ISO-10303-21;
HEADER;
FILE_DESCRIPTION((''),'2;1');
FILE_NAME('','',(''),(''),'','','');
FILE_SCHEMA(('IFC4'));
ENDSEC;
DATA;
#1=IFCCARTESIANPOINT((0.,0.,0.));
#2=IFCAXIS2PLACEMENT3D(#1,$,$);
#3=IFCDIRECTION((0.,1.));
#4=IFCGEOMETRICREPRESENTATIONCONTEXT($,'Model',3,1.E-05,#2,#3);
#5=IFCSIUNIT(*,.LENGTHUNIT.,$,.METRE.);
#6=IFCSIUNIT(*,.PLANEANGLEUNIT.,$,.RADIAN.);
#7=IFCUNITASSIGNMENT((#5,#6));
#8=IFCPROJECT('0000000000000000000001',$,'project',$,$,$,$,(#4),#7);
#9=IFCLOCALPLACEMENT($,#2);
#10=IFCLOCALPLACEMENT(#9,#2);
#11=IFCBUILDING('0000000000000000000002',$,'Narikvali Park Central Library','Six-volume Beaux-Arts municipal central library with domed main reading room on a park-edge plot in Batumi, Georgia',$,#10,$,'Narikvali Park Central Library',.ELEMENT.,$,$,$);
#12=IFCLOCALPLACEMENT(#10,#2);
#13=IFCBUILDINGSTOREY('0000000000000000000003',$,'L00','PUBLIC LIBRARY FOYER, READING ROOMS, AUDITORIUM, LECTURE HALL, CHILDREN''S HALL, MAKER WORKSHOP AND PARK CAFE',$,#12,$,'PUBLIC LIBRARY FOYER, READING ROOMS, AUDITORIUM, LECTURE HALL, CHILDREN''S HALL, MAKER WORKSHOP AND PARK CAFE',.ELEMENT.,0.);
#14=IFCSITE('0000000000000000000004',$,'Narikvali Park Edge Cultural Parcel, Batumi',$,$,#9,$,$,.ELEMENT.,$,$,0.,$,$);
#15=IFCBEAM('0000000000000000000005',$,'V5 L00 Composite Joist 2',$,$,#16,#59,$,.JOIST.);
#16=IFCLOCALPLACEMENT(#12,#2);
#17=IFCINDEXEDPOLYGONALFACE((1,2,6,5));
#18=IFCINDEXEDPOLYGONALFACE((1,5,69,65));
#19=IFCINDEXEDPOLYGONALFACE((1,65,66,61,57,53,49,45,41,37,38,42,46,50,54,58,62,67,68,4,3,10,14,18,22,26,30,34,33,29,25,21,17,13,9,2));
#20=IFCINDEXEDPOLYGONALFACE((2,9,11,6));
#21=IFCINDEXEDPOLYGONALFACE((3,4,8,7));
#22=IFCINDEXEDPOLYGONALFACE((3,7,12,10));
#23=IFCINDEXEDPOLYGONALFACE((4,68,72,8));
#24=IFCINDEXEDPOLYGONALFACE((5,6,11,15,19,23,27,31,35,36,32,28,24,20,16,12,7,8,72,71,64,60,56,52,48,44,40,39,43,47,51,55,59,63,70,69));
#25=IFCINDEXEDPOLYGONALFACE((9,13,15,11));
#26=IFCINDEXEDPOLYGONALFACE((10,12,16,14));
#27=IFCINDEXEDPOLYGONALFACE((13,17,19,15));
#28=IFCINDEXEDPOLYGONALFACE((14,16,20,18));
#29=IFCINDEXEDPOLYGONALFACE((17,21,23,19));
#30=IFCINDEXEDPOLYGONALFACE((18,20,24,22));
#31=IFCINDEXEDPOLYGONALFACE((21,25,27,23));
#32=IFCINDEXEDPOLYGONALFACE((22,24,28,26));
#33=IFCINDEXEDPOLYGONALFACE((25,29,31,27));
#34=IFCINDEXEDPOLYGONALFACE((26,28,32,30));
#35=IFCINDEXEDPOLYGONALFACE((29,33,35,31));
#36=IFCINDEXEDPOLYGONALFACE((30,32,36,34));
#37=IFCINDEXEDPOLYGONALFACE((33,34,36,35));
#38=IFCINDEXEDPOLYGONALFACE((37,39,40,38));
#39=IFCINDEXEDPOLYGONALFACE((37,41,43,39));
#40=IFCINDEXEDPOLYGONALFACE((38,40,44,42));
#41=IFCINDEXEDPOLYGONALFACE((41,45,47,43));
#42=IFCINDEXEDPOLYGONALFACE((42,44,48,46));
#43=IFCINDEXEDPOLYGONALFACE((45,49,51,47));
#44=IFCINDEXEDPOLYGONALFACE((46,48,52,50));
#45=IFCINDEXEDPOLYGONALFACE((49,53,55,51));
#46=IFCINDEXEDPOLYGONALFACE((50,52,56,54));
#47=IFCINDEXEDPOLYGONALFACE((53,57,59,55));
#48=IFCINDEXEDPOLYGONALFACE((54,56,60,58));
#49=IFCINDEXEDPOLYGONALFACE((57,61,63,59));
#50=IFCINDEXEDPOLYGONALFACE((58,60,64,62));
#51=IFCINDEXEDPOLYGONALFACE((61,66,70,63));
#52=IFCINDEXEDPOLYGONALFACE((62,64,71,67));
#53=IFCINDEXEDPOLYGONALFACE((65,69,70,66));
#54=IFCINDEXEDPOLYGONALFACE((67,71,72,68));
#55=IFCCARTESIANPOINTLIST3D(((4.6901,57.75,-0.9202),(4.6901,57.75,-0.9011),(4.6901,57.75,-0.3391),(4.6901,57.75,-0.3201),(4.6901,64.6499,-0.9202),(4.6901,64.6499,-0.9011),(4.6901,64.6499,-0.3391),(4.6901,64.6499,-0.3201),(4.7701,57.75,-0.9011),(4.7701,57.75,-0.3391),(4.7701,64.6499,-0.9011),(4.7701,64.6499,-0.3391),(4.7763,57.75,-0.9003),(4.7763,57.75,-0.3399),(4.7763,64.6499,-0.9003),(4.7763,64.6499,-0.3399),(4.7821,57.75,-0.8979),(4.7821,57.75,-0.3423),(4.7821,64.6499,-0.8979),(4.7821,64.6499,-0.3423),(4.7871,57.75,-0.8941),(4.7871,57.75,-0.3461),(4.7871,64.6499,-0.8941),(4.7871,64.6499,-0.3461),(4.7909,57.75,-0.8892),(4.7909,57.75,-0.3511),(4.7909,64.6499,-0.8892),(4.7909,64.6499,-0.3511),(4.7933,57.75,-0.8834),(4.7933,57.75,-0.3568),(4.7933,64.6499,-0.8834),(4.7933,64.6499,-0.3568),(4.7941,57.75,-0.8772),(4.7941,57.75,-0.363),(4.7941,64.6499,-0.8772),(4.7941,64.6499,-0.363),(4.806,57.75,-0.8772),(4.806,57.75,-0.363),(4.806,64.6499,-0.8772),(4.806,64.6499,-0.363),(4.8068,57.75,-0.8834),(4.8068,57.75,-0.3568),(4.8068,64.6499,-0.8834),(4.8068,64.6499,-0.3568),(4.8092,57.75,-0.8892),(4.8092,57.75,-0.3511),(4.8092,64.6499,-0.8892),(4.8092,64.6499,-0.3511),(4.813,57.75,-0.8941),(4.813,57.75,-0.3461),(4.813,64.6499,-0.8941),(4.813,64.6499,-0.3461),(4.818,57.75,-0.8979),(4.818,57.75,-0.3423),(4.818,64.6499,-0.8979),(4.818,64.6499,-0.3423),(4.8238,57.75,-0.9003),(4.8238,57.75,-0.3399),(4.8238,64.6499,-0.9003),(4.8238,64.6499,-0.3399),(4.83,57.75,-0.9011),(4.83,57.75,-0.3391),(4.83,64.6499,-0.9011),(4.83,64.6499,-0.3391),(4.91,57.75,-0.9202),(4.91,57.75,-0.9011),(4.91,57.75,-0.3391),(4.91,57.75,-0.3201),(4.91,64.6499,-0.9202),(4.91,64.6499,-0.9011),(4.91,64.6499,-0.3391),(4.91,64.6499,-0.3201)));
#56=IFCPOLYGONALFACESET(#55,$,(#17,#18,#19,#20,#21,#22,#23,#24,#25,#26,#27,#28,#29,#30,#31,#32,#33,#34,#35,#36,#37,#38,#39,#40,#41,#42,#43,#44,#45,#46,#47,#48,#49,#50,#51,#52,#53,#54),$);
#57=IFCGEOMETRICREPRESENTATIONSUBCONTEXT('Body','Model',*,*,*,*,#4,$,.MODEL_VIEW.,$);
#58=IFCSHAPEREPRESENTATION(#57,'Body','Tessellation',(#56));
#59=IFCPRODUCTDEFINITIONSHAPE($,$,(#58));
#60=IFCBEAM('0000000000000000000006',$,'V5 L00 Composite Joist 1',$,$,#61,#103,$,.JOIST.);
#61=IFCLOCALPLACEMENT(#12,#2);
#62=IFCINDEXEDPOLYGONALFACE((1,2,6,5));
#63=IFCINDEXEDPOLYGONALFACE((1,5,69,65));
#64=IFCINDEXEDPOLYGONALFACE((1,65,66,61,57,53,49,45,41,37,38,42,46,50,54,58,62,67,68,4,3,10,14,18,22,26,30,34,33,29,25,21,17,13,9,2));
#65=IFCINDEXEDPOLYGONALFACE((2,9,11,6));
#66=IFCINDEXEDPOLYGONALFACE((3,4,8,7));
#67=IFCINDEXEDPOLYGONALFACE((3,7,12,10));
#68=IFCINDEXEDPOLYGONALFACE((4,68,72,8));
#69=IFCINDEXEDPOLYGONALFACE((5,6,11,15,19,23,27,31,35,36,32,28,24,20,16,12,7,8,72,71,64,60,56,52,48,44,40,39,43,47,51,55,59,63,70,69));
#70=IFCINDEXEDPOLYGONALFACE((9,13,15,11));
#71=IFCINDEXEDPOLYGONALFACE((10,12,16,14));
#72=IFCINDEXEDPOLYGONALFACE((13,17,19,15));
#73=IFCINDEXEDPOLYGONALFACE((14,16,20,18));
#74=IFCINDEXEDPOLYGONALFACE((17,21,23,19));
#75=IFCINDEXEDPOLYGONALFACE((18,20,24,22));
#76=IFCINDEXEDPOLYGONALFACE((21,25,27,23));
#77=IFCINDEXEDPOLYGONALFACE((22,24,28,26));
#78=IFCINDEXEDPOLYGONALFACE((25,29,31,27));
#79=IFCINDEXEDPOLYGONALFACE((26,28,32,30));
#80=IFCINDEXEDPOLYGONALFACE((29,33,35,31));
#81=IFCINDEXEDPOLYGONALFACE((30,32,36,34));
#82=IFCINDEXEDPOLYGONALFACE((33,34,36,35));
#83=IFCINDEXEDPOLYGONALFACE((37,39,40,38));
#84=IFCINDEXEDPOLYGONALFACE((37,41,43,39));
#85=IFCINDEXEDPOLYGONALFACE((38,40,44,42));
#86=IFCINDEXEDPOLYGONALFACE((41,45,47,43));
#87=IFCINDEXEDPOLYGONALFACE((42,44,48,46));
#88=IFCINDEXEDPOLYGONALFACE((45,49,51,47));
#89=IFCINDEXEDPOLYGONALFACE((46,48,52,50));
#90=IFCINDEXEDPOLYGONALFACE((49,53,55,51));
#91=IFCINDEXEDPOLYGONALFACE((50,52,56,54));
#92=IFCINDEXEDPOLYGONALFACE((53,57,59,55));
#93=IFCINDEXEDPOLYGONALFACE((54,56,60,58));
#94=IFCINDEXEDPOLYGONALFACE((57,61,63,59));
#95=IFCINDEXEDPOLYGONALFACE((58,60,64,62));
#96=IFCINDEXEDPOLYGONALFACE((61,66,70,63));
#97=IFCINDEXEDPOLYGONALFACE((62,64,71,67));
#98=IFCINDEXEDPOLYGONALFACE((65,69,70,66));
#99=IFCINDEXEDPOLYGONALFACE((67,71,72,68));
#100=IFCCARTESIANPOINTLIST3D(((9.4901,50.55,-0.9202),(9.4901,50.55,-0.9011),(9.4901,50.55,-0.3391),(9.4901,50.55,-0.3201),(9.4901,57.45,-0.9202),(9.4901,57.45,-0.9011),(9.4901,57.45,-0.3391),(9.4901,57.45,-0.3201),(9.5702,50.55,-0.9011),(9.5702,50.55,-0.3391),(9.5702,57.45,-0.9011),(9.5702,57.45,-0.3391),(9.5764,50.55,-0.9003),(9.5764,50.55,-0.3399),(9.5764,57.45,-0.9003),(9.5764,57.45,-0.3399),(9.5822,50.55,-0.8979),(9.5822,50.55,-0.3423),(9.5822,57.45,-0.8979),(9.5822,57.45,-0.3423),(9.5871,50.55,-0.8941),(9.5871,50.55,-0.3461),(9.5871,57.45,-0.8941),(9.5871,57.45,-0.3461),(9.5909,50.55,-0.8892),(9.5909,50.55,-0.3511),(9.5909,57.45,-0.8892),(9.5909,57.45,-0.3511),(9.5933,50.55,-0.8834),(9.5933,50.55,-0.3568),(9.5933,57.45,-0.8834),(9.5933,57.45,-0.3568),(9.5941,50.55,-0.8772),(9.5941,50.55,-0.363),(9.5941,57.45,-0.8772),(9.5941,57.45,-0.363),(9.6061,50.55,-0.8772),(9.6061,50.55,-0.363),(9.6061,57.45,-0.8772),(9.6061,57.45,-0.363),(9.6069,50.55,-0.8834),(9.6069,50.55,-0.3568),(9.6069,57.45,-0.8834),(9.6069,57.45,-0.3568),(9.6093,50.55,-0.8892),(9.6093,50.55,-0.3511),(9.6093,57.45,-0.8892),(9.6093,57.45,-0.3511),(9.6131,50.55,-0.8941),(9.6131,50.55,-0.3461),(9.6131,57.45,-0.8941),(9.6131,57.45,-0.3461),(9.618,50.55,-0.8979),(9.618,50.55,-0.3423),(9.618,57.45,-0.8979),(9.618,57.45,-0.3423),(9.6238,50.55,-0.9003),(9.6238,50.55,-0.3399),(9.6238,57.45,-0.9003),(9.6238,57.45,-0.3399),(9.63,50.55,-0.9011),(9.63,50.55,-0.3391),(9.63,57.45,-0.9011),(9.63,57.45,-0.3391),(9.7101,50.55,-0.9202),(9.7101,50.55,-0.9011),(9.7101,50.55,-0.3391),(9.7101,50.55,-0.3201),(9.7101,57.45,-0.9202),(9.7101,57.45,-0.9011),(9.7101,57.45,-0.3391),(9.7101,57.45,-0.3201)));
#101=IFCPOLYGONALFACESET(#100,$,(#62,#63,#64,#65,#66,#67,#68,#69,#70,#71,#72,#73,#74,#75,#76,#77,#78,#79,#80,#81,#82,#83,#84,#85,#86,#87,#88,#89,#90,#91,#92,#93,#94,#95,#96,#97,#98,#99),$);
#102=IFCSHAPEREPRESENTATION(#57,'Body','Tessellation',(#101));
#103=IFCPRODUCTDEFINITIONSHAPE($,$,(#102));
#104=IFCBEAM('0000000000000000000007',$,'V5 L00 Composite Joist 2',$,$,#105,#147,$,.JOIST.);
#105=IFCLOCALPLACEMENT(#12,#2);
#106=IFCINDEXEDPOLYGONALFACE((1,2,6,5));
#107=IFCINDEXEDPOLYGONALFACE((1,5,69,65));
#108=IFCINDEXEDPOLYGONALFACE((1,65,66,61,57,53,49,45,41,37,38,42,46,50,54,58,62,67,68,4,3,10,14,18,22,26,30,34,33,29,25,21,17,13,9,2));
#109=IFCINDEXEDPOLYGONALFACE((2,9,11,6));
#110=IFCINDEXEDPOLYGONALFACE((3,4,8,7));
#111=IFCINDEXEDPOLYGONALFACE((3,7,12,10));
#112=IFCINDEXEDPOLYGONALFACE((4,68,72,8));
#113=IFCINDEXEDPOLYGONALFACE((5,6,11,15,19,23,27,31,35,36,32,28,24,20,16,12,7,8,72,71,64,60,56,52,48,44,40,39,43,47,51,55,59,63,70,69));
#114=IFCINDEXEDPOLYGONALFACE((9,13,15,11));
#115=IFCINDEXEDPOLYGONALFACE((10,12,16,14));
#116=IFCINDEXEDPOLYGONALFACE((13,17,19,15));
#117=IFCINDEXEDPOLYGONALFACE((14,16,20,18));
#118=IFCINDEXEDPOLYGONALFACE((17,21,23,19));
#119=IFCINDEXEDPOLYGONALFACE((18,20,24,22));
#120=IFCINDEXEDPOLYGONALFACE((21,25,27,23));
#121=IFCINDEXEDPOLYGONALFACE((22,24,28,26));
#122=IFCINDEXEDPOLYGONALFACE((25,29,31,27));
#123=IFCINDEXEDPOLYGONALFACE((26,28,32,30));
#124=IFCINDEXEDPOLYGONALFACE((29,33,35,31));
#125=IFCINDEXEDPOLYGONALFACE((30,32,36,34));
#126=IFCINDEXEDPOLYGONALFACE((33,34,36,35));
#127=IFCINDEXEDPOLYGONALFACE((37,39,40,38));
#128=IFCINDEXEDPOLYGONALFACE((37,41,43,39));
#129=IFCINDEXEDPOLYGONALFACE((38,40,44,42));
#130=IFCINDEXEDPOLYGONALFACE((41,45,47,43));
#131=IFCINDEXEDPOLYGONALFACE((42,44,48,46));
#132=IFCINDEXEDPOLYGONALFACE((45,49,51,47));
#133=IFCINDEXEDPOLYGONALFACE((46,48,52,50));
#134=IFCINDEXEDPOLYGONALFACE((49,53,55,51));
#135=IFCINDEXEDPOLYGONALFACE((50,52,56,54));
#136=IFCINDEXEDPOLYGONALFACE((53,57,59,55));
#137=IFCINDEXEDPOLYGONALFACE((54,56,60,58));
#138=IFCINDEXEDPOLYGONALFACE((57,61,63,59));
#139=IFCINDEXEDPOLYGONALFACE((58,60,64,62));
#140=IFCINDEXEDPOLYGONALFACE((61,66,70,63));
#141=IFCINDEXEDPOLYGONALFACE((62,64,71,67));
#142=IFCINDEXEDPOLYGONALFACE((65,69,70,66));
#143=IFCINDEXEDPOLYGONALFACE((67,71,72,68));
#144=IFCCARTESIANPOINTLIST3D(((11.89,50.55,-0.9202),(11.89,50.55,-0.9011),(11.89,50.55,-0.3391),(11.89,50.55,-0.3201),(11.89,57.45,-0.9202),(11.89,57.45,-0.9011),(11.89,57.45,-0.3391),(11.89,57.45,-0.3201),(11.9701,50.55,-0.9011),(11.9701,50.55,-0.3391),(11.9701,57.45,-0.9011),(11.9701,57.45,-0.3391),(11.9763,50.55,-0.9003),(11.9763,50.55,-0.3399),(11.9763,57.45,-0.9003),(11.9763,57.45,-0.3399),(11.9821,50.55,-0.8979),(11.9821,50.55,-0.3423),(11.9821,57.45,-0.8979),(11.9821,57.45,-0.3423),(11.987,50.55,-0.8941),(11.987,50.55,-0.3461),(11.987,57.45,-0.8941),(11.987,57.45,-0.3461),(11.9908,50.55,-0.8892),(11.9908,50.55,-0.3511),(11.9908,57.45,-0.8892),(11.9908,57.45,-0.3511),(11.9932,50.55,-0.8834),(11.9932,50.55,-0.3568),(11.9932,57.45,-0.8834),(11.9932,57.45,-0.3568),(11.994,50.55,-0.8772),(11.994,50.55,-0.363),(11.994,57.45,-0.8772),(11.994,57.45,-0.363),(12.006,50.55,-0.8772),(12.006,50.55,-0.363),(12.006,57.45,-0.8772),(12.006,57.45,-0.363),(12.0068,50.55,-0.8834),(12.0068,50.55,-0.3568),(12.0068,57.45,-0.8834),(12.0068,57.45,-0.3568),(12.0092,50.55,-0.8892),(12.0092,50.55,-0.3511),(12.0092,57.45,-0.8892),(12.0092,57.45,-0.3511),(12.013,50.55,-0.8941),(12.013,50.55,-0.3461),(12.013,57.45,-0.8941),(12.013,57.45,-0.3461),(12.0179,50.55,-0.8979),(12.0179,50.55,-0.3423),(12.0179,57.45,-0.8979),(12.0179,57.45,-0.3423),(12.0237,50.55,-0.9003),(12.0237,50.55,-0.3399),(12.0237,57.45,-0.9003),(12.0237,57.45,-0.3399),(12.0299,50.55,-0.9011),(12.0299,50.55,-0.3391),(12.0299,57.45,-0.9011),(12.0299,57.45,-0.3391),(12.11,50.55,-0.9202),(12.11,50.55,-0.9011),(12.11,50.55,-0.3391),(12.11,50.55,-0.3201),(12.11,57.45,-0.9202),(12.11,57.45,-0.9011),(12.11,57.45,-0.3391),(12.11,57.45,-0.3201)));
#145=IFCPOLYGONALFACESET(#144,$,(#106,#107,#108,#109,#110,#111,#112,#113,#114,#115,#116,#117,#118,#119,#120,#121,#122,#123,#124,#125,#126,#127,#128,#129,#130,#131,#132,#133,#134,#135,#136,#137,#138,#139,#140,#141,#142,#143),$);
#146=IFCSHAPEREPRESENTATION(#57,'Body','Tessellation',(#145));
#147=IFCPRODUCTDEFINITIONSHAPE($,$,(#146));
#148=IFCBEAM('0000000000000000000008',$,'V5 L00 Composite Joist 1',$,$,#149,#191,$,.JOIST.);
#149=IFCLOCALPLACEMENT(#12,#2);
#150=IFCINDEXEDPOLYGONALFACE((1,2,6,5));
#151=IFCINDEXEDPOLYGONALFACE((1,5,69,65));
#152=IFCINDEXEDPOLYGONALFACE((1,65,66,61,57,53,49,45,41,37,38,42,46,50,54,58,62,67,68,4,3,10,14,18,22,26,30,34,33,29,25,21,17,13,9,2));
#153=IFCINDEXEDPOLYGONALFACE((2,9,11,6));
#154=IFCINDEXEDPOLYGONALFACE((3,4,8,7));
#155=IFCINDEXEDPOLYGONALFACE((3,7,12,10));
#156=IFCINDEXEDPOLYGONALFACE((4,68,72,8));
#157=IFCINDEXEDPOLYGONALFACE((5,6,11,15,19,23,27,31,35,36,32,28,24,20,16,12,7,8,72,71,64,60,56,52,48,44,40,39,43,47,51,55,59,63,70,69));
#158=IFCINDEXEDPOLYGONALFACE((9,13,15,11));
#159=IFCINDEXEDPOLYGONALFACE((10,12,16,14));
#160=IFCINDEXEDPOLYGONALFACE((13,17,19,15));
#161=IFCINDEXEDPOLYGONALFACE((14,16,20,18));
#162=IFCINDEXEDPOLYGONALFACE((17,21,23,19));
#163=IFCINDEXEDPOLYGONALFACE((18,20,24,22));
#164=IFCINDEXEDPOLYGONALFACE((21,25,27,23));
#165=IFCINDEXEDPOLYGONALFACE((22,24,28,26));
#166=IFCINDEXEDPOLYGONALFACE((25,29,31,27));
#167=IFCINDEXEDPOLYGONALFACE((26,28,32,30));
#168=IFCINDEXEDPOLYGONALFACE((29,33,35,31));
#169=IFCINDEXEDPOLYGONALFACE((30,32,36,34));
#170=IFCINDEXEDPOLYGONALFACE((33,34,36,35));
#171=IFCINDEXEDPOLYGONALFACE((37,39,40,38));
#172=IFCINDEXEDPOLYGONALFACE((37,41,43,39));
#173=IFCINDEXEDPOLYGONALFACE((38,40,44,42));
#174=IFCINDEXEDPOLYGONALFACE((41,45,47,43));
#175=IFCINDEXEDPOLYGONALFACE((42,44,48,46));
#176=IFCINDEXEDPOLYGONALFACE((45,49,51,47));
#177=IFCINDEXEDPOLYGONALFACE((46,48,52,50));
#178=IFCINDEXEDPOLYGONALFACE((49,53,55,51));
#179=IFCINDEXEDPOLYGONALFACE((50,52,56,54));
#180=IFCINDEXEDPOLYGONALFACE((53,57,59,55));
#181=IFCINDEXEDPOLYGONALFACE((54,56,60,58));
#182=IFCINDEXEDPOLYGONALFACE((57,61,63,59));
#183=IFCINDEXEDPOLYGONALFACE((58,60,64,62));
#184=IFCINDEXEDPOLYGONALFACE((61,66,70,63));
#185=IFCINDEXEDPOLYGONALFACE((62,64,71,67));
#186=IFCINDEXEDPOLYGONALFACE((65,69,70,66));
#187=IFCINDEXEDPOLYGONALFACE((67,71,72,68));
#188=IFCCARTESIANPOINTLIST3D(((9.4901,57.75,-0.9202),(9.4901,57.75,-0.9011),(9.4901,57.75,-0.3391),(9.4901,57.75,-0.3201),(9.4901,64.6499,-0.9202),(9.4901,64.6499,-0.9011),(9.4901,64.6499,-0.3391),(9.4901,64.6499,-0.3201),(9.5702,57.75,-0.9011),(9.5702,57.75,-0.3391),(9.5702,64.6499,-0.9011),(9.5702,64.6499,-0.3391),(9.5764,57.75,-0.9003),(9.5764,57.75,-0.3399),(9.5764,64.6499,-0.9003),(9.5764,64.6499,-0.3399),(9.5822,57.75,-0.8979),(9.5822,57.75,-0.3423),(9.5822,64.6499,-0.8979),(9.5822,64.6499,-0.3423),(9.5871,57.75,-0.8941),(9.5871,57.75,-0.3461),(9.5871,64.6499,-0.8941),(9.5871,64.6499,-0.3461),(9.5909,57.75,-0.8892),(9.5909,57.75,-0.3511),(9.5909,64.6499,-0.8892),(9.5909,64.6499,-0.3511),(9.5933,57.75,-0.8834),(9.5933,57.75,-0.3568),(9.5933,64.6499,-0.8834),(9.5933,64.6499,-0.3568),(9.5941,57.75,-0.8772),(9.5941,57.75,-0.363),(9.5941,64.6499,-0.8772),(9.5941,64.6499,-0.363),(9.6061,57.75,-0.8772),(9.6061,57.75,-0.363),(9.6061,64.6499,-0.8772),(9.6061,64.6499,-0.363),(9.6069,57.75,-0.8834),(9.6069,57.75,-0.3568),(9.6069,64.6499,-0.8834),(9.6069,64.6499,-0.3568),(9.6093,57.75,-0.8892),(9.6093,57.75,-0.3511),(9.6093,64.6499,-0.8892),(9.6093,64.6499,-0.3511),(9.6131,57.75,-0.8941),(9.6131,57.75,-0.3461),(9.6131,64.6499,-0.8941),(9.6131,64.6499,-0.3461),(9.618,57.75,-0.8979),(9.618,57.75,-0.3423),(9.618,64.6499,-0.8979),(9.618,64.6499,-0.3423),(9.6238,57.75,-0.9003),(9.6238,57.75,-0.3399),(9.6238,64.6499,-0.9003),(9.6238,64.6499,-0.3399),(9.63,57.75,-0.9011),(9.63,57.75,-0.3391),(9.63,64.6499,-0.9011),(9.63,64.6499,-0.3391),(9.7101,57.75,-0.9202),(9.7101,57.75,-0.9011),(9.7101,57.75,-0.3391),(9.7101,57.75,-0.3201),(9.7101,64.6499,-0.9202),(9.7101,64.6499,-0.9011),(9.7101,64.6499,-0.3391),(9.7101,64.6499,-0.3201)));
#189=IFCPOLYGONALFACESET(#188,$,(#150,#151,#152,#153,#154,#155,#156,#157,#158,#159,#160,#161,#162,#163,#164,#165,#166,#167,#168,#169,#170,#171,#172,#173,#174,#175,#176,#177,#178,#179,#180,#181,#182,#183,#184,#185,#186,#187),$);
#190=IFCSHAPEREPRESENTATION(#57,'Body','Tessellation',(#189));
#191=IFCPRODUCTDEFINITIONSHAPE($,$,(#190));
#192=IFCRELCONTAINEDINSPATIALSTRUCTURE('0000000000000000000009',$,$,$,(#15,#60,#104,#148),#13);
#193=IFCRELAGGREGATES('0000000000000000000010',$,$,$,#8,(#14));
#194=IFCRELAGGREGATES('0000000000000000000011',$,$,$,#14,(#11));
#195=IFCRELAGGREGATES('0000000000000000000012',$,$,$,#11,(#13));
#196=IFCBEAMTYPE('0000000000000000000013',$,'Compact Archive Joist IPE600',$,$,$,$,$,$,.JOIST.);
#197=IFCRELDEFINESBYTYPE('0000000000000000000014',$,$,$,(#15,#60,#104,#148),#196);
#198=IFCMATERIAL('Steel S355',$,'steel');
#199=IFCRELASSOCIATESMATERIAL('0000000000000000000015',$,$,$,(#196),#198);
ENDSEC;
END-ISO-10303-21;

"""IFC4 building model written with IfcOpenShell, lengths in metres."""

from ifc_helpers import new_model, si_unit, direction, frame, origin, origin_2d, place, context, subcontext, project, spatial, i_section, extrude, material, material_profile, profile_set, type_object, element, save


model = new_model("IFC4")

# Units and contexts
model_context = context("Model", 3, precision=1e-05, world=origin(), true_north=direction((0.0, 1.0)))
body_context = subcontext(model_context, "Body", "Model", "MODEL_VIEW")
ifc_project = project(units=[si_unit("LENGTHUNIT", "METRE"), si_unit("PLANEANGLEUNIT", "RADIAN")], contexts=[model_context])

# Site, building, storey
site_placement = place(None, origin())
site = spatial("IfcSite", under=ifc_project, at=site_placement, Name="Narikvali Park Edge Cultural Parcel, Batumi", CompositionType="ELEMENT", RefElevation=0.0)
building_placement = place(site_placement, origin())
building = spatial("IfcBuilding", under=site, at=building_placement, Name="Narikvali Park Central Library", Description="Six-volume Beaux-Arts municipal central library with domed main reading room on a park-edge plot in Batumi, Georgia", LongName="Narikvali Park Central Library", CompositionType="ELEMENT")
storey_placement = place(building_placement, origin())
storey = spatial("IfcBuildingStorey", under=building, at=storey_placement, Name="L00", Description="PUBLIC LIBRARY FOYER, READING ROOMS, AUDITORIUM, LECTURE HALL, CHILDREN'S HALL, MAKER WORKSHOP AND PARK CAFE", LongName="PUBLIC LIBRARY FOYER, READING ROOMS, AUDITORIUM, LECTURE HALL, CHILDREN'S HALL, MAKER WORKSHOP AND PARK CAFE", CompositionType="ELEMENT", Elevation=0.0)

# Shared definitions
ifc_material_1 = material(Name="Steel S355", Category="steel")

# Beams
ifc_material_profile_1 = material_profile(ifc_material_1, i_section(OverallWidth=0.22, OverallDepth=0.6001, WebThickness=0.012, FlangeThickness=0.019, FilletRadius=0.0239, at=origin_2d()), Name="IPE 600")
ifc_profile_set_1 = profile_set([ifc_material_profile_1], Name="Steel S355")
beam_type_1 = type_object("IfcBeamType", Name="Compact Archive Joist IPE600", PredefinedType="JOIST", material=ifc_profile_set_1)
for number, where, z_axis, x_axis, name in (
    (1, (4.8, 57.75, -0.6201), (0.0, 1.0, 0.0), (-1.0, 0.0, 0.0), "V5 L00 Composite Joist 2"),
    (2, (9.6001, 50.55, -0.6201), (0.0, 1.0, 0.0), (-1.0, 0.0, 0.0), "V5 L00 Composite Joist 1"),
    (3, (12.0, 50.55, -0.6201), (0.0, 1.0, 0.0), (-1.0, 0.0, 0.0), "V5 L00 Composite Joist 2"),
    (4, (9.6001, 57.75, -0.6201), (0.0, 1.0, 0.0), (-1.0, 0.0, 0.0), "V5 L00 Composite Joist 1"),
):
    element("IfcBeam", number, at=place(storey_placement, frame(where, z_axis=z_axis, x_axis=x_axis)), inside=storey, type_object=beam_type_1, Name=name, PredefinedType="JOIST", context=body_context, shape_type="SweptSolid", body=[
        extrude(i_section(OverallWidth=0.22, OverallDepth=0.6001, WebThickness=0.012, FlangeThickness=0.019, FilletRadius=0.0239, at=origin_2d()), origin(), (0.0, 0.0, 1.0), 6.8999),
    ])

save(model, "model.ifc")
